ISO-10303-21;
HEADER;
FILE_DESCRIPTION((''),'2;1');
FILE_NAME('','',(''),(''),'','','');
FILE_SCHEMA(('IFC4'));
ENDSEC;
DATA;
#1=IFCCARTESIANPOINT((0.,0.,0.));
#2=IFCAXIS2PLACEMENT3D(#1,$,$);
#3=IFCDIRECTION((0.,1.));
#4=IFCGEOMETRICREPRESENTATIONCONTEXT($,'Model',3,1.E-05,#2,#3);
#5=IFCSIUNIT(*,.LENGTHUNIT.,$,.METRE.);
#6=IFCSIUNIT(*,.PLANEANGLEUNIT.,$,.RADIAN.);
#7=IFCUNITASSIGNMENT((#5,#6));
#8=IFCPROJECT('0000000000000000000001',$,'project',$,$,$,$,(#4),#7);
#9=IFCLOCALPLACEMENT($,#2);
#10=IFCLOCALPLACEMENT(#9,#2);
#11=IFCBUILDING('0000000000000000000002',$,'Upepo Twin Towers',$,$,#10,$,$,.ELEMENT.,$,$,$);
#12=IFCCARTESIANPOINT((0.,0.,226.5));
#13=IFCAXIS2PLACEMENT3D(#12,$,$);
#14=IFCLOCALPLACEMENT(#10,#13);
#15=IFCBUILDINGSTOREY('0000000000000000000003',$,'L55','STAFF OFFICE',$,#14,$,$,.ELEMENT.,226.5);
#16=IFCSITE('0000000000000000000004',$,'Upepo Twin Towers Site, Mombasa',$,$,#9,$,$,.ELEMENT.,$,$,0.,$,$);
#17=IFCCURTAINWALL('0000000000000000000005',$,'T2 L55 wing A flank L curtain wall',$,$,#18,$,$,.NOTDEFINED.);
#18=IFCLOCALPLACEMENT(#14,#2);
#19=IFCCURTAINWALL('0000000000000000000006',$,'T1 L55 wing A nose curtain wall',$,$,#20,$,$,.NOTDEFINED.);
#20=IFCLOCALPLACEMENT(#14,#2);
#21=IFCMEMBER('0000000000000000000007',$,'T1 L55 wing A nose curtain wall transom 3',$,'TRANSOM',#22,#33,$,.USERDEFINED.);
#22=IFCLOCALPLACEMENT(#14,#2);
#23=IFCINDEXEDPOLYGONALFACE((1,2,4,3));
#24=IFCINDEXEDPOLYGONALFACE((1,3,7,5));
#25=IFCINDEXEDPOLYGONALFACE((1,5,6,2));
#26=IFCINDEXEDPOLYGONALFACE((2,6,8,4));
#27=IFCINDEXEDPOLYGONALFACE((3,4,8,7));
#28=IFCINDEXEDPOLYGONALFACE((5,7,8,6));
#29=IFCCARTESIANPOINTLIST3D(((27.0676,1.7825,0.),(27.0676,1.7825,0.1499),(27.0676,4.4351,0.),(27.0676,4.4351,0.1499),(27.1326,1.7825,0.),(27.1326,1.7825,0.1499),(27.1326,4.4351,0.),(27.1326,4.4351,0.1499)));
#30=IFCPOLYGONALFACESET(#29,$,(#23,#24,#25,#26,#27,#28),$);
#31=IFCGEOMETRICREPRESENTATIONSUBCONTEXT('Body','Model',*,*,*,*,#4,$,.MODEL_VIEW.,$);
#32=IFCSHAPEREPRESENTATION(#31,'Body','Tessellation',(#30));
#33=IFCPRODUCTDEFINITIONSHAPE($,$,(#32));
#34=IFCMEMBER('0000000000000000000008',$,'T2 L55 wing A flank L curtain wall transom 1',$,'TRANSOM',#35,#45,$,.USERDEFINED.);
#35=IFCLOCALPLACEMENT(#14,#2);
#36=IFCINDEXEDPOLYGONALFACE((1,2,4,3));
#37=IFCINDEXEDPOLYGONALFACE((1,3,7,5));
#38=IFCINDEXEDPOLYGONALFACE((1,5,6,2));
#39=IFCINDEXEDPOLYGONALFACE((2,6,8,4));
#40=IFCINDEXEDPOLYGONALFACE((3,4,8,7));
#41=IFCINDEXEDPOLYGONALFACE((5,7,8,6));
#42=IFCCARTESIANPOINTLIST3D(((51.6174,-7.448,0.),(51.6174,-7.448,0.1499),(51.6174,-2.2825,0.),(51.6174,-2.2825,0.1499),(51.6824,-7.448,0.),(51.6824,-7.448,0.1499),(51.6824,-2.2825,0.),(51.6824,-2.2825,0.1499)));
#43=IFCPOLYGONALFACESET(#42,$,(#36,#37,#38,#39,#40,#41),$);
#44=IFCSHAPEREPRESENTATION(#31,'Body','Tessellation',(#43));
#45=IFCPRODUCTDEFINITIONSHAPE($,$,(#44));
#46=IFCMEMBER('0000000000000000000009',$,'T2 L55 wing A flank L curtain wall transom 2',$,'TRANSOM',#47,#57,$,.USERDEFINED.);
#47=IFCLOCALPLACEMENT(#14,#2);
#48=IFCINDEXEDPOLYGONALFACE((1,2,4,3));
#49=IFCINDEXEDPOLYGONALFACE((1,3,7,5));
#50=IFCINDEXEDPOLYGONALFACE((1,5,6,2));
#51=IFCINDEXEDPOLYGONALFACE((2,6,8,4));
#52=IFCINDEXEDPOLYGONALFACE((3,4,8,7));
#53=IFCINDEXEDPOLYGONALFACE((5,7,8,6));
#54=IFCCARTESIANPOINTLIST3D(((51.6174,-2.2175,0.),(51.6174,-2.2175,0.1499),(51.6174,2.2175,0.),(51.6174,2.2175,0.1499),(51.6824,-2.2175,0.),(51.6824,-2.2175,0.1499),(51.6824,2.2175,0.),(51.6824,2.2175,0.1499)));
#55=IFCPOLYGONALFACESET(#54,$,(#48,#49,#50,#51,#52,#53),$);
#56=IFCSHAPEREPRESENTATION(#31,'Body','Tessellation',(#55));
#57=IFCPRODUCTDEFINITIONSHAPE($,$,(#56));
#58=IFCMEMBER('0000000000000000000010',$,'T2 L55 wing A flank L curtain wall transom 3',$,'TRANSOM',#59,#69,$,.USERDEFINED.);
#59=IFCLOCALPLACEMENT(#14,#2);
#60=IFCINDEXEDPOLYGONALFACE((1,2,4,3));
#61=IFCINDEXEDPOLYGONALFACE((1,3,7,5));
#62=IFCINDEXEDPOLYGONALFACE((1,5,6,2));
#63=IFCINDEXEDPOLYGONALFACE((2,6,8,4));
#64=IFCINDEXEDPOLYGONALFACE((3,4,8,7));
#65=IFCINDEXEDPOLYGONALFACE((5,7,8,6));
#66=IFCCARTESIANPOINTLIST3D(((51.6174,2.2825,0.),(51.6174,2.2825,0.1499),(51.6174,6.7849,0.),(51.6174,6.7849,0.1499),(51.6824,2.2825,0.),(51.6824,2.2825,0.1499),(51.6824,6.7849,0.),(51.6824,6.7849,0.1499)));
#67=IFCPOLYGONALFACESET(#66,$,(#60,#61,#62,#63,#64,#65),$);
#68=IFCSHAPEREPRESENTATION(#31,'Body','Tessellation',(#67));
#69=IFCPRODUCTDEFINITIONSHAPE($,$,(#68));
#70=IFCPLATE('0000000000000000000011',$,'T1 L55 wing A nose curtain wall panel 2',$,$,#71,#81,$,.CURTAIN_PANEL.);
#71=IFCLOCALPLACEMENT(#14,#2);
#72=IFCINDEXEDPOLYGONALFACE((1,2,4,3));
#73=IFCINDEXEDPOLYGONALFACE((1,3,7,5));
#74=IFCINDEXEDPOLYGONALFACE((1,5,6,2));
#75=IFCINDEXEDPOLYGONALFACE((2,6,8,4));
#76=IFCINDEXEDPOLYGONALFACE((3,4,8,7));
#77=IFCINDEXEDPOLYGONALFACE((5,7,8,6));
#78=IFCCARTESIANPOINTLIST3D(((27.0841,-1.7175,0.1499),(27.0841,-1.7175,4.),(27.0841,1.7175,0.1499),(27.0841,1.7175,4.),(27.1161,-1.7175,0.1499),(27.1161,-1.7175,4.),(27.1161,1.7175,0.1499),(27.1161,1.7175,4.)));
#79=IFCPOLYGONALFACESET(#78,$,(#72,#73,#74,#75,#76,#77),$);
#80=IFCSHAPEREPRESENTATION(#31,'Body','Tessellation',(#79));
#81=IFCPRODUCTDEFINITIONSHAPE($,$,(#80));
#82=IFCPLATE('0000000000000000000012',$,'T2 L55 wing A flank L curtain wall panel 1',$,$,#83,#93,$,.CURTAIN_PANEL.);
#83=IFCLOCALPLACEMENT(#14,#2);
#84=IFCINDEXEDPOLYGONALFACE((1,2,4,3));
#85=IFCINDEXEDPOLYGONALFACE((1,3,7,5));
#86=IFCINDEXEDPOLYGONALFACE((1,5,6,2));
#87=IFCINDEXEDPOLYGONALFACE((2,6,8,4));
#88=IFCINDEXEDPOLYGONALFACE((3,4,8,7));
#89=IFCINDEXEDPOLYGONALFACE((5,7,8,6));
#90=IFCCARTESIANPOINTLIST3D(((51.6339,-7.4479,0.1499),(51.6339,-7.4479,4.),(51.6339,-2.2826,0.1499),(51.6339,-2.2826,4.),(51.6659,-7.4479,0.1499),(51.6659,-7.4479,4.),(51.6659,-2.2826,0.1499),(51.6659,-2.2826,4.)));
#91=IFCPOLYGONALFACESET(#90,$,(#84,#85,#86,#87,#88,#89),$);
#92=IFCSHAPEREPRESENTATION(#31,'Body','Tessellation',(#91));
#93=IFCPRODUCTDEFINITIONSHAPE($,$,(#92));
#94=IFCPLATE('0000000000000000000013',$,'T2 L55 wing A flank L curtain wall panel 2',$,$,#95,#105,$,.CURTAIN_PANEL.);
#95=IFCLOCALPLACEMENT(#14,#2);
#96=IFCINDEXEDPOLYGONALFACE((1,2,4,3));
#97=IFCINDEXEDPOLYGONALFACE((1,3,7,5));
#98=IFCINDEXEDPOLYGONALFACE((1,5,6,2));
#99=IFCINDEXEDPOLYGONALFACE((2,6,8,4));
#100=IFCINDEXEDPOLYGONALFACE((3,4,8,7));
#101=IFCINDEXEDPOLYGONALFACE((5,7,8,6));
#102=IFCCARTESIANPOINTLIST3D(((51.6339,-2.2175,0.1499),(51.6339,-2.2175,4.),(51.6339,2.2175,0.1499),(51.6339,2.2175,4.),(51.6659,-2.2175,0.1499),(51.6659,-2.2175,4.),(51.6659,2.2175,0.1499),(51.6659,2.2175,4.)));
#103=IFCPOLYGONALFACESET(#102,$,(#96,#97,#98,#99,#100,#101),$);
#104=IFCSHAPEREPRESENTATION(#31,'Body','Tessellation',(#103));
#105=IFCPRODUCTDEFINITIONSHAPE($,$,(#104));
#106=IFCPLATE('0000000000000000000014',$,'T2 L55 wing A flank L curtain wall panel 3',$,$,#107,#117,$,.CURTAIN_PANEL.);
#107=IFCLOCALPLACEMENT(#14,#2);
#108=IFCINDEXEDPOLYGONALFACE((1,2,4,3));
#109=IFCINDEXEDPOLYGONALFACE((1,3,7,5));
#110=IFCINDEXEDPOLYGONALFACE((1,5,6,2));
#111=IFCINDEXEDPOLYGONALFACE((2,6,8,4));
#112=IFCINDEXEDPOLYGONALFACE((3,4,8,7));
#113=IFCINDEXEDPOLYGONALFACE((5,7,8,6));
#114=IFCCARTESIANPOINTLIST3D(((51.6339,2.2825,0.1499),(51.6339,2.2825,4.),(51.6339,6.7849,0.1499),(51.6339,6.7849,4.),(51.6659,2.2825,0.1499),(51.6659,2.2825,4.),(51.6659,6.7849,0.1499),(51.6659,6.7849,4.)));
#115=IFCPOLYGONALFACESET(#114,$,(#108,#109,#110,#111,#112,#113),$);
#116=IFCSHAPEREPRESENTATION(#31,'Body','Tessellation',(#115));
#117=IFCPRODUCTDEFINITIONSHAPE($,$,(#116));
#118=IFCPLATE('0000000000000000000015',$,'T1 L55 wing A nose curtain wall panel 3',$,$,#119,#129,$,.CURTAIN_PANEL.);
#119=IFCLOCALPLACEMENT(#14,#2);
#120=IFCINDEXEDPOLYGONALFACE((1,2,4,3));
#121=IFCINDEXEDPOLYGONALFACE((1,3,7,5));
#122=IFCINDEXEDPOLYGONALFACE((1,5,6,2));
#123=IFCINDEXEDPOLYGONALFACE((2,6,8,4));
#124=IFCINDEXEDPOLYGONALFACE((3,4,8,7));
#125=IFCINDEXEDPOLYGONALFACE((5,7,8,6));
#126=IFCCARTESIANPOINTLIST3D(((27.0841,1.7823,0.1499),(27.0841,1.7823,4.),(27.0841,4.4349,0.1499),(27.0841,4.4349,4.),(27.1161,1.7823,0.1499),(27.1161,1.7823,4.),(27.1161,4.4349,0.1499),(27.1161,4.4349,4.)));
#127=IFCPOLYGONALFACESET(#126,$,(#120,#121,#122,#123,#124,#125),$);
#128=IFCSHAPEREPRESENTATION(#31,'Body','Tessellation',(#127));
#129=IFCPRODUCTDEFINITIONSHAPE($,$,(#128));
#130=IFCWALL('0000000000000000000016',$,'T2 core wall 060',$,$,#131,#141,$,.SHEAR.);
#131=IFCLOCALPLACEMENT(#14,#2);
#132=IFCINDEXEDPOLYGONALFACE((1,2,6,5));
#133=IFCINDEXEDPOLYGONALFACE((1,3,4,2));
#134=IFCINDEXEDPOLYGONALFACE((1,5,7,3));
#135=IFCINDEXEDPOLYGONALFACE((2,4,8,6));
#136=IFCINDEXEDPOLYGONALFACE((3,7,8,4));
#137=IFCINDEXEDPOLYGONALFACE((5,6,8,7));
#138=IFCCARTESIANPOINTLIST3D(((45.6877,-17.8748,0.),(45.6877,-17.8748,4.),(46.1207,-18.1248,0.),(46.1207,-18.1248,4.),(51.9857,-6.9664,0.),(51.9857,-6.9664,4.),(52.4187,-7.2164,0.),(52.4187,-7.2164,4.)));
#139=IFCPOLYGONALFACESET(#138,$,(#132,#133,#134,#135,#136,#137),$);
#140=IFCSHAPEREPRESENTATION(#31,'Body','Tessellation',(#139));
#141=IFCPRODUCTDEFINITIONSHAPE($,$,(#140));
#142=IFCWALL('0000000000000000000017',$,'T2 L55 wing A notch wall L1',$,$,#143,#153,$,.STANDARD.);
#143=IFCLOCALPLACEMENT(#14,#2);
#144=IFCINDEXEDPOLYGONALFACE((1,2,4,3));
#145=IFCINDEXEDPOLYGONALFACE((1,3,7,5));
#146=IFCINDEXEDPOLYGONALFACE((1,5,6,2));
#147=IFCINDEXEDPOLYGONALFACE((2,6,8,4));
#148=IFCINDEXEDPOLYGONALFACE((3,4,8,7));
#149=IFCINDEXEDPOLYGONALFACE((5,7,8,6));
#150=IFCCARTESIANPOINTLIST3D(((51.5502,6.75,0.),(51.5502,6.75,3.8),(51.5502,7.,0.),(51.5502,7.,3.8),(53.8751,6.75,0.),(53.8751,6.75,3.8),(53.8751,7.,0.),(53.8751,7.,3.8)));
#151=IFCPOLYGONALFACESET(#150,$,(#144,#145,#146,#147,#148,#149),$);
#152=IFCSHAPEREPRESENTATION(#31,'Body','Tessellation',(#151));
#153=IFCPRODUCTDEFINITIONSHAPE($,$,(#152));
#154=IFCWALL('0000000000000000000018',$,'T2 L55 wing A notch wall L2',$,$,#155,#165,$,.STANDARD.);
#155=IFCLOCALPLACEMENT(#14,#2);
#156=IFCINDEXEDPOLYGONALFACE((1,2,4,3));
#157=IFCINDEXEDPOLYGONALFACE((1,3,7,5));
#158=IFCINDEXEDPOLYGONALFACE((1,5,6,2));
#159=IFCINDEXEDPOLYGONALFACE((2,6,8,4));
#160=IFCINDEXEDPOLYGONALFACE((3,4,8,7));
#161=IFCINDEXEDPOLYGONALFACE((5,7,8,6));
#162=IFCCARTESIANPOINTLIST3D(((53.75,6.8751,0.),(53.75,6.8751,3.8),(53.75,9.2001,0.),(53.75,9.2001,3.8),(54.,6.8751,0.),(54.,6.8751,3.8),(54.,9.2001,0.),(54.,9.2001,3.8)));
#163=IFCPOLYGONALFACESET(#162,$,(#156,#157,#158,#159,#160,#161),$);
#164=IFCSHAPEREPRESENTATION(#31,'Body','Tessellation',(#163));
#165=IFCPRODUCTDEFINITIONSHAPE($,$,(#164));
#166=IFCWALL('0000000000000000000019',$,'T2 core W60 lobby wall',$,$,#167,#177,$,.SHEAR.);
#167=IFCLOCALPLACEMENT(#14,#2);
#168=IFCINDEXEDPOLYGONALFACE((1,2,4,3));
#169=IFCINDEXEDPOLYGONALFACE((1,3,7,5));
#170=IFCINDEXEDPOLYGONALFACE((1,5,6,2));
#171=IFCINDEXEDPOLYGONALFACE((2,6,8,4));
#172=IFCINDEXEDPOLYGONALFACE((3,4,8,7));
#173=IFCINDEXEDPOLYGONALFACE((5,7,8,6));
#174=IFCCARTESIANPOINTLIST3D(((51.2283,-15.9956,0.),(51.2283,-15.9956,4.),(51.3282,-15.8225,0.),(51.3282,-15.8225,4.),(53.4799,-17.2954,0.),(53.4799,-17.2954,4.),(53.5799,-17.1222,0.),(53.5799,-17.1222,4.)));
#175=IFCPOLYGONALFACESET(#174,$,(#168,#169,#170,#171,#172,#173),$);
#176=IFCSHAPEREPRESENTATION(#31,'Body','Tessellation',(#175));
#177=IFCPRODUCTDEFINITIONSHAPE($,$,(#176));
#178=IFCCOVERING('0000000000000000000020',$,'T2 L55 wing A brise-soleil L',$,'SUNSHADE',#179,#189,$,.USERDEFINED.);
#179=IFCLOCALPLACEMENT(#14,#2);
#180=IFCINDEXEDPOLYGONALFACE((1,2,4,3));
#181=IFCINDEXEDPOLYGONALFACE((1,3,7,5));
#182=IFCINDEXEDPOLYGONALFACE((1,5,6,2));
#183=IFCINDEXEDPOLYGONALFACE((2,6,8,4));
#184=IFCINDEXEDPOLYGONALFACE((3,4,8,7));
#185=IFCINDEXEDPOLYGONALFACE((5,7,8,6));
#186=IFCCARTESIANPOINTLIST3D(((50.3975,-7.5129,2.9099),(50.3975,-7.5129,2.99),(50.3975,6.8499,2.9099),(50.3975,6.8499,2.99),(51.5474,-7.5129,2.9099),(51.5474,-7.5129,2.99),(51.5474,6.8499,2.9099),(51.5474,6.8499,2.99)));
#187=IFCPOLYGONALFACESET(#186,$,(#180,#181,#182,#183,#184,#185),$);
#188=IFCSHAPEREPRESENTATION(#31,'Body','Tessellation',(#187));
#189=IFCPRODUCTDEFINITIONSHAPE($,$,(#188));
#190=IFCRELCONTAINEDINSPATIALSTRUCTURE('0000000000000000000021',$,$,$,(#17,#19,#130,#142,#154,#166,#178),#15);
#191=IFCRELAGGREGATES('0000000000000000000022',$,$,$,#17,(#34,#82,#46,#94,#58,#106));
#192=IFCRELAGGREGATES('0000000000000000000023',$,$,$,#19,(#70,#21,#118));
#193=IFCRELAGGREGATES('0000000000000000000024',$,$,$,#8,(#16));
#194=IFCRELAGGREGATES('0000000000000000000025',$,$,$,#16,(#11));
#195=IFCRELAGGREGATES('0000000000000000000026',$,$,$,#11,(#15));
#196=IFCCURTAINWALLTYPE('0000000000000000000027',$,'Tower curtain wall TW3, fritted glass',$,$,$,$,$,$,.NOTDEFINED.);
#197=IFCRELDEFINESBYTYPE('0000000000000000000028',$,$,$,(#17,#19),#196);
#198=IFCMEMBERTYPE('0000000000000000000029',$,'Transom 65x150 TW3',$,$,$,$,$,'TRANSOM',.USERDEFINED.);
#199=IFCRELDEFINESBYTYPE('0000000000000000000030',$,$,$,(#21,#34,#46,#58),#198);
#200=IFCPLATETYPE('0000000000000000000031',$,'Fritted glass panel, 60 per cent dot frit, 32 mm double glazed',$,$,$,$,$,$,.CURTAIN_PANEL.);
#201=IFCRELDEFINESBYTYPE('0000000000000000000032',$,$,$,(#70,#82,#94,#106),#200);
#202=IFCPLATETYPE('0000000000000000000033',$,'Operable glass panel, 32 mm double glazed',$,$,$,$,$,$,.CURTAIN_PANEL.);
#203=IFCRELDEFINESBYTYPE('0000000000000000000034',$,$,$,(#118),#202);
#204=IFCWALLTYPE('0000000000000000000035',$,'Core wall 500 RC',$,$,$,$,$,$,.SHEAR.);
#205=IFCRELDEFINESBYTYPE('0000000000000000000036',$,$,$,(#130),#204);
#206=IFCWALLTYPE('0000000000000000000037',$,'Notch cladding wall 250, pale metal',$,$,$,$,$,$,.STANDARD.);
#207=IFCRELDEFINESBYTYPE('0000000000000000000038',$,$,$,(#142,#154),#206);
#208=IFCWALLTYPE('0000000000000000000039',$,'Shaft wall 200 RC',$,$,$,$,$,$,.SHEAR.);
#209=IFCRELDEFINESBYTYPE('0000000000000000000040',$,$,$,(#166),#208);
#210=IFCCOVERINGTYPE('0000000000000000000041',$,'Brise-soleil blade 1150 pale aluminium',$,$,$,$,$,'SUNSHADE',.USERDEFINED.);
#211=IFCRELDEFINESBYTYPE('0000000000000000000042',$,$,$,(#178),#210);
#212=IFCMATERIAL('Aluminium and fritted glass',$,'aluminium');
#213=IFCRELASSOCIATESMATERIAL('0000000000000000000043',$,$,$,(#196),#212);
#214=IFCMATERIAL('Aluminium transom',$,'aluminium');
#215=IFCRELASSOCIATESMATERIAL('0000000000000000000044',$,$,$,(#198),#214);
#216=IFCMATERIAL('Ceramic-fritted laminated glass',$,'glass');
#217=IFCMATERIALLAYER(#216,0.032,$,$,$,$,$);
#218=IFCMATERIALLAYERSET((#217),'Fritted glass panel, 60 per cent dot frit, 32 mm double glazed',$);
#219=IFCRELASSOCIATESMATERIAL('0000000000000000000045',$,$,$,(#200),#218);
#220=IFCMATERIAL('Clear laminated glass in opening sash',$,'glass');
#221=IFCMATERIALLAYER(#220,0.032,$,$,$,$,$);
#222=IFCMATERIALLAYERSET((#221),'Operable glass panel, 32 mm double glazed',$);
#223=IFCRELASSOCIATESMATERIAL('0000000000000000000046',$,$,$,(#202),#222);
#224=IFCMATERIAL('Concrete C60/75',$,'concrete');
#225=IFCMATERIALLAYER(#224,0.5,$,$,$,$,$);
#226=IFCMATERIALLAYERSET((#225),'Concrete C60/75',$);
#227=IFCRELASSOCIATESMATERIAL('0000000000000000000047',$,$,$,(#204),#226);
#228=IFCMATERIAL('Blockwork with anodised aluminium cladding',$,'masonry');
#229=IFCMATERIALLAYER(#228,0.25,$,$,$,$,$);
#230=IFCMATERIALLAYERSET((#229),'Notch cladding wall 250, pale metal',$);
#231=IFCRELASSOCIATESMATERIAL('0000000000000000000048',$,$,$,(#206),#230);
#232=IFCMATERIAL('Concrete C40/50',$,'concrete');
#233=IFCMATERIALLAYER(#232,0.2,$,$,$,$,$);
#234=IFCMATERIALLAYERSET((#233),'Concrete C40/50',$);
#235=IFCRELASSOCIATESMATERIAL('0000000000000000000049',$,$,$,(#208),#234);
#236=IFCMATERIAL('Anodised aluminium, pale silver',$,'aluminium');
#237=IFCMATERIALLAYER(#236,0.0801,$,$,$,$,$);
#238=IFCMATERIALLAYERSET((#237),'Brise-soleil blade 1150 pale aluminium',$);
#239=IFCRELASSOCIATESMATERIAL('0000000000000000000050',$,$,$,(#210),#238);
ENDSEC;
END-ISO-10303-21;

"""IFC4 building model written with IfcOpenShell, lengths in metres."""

from ifc_helpers import new_model, si_unit, direction, frame, frame_2d, origin, origin_2d, place, context, subcontext, project, spatial, rectangle, extrude, material, layer, layer_set, material_profile, profile_set, type_object, element, aggregate, save


model = new_model("IFC4")

# Units and contexts
model_context = context("Model", 3, precision=1e-05, world=origin(), true_north=direction((0.0, 1.0)))
body_context = subcontext(model_context, "Body", "Model", "MODEL_VIEW")
ifc_project = project(units=[si_unit("LENGTHUNIT", "METRE"), si_unit("PLANEANGLEUNIT", "RADIAN")], contexts=[model_context])

# Site, building, storey
site_placement = place(None, origin())
site = spatial("IfcSite", under=ifc_project, at=site_placement, Name="Upepo Twin Towers Site, Mombasa", CompositionType="ELEMENT", RefElevation=0.0)
building_placement = place(site_placement, origin())
building = spatial("IfcBuilding", under=site, at=building_placement, Name="Upepo Twin Towers", CompositionType="ELEMENT")
storey_placement = place(building_placement, frame((0.0, 0.0, 226.5)))
storey = spatial("IfcBuildingStorey", under=building, at=storey_placement, Name="L55", Description="STAFF OFFICE", CompositionType="ELEMENT", Elevation=226.5)

# Curtain wall
ifc_material_1 = material(Name="Aluminium and fritted glass", Category="aluminium")
curtain_wall_type = type_object("IfcCurtainWallType", Name="Tower curtain wall TW3, fritted glass", PredefinedType="NOTDEFINED", material=ifc_material_1)
curtain_wall_1_placement = place(storey_placement, origin())
curtain_wall_1 = element("IfcCurtainWall", 1, at=curtain_wall_1_placement, inside=storey, type_object=curtain_wall_type, Name="T2 L55 wing A flank L curtain wall", PredefinedType="NOTDEFINED")

# Curtain wall, member
curtain_wall_2_placement = place(storey_placement, origin())
curtain_wall_2 = element("IfcCurtainWall", 2, at=curtain_wall_2_placement, inside=storey, type_object=curtain_wall_type, Name="T1 L55 wing A nose curtain wall", PredefinedType="NOTDEFINED")
ifc_material_2 = material(Name="Aluminium transom", Category="aluminium")
ifc_material_profile_1 = material_profile(ifc_material_2, rectangle(XDim=0.0649, YDim=0.1499, at=origin_2d()), Name="TRANSOM 65x150")
ifc_profile_set_1 = profile_set([ifc_material_profile_1], Name="Aluminium transom")
member_type_1 = type_object("IfcMemberType", Name="Transom 65x150 TW3", ElementType="TRANSOM", PredefinedType="USERDEFINED", material=ifc_profile_set_1)
member_1_placement = place(storey_placement, frame((27.1001, 1.7825, 0.075), z_axis=(0.0, 1.0, 0.0), x_axis=(-1.0, 0.0, 0.0)))
member_1 = element("IfcMember", 3, at=member_1_placement, type_object=member_type_1, Name="T1 L55 wing A nose curtain wall transom 3", ObjectType="TRANSOM", PredefinedType="USERDEFINED", context=body_context, shape_type="SweptSolid", body=[
    extrude(rectangle(XDim=0.0649, YDim=0.1499, at=origin_2d()), origin(), (0.0, 0.0, 1.0), 2.6526),
])

# Members
member_2_placement = place(storey_placement, frame((51.6499, -7.448, 0.075), z_axis=(0.0, 1.0, 0.0), x_axis=(-1.0, 0.0, 0.0)))
member_2 = element("IfcMember", 4, at=member_2_placement, type_object=member_type_1, Name="T2 L55 wing A flank L curtain wall transom 1", ObjectType="TRANSOM", PredefinedType="USERDEFINED", context=body_context, shape_type="SweptSolid", body=[
    extrude(rectangle(XDim=0.0649, YDim=0.1499, at=origin_2d()), origin(), (0.0, 0.0, 1.0), 5.1655),
])
member_3_placement = place(storey_placement, frame((51.6499, -2.2175, 0.075), z_axis=(0.0, 1.0, 0.0), x_axis=(-1.0, 0.0, 0.0)))
member_3 = element("IfcMember", 5, at=member_3_placement, type_object=member_type_1, Name="T2 L55 wing A flank L curtain wall transom 2", ObjectType="TRANSOM", PredefinedType="USERDEFINED", context=body_context, shape_type="SweptSolid", body=[
    extrude(rectangle(XDim=0.0649, YDim=0.1499, at=origin_2d()), origin(), (0.0, 0.0, 1.0), 4.4351),
])
member_4_placement = place(storey_placement, frame((51.6499, 2.2825, 0.075), z_axis=(0.0, 1.0, 0.0), x_axis=(-1.0, 0.0, 0.0)))
member_4 = element("IfcMember", 6, at=member_4_placement, type_object=member_type_1, Name="T2 L55 wing A flank L curtain wall transom 3", ObjectType="TRANSOM", PredefinedType="USERDEFINED", context=body_context, shape_type="SweptSolid", body=[
    extrude(rectangle(XDim=0.0649, YDim=0.1499, at=origin_2d()), origin(), (0.0, 0.0, 1.0), 4.5024),
])

# Plates
ifc_material_3 = material(Name="Ceramic-fritted laminated glass", Category="glass")
ifc_layer_1 = layer(ifc_material_3, 0.032)
ifc_layer_set_1 = layer_set([ifc_layer_1], Name="Fritted glass panel, 60 per cent dot frit, 32 mm double glazed")
plate_type_1 = type_object("IfcPlateType", Name="Fritted glass panel, 60 per cent dot frit, 32 mm double glazed", PredefinedType="CURTAIN_PANEL", material=ifc_layer_set_1)
plate_1_placement = place(storey_placement, frame((27.1001, 0.0, 0.1499), z_axis=(0.0, 0.0, 1.0), x_axis=(0.0, 1.0, 0.0)))
plate_1 = element("IfcPlate", 7, at=plate_1_placement, type_object=plate_type_1, Name="T1 L55 wing A nose curtain wall panel 2", PredefinedType="CURTAIN_PANEL", context=body_context, shape_type="SweptSolid", body=[
    extrude(rectangle(XDim=3.4351, YDim=0.032, at=origin_2d()), origin(), (0.0, 0.0, 1.0), 3.8501),
])
plate_2_placement = place(storey_placement, frame((51.6499, -4.8652, 0.1499), z_axis=(0.0, 0.0, 1.0), x_axis=(0.0, 1.0, 0.0)))
plate_2 = element("IfcPlate", 8, at=plate_2_placement, type_object=plate_type_1, Name="T2 L55 wing A flank L curtain wall panel 1", PredefinedType="CURTAIN_PANEL", context=body_context, shape_type="SweptSolid", body=[
    extrude(rectangle(XDim=5.1653, YDim=0.032, at=origin_2d()), origin(), (0.0, 0.0, 1.0), 3.8501),
])
plate_3_placement = place(storey_placement, frame((51.6499, 0.0, 0.1499), z_axis=(0.0, 0.0, 1.0), x_axis=(0.0, 1.0, 0.0)))
plate_3 = element("IfcPlate", 9, at=plate_3_placement, type_object=plate_type_1, Name="T2 L55 wing A flank L curtain wall panel 2", PredefinedType="CURTAIN_PANEL", context=body_context, shape_type="SweptSolid", body=[
    extrude(rectangle(XDim=4.4351, YDim=0.032, at=origin_2d()), origin(), (0.0, 0.0, 1.0), 3.8501),
])
plate_4_placement = place(storey_placement, frame((51.6499, 4.5337, 0.1499), z_axis=(0.0, 0.0, 1.0), x_axis=(0.0, 1.0, 0.0)))
plate_4 = element("IfcPlate", 10, at=plate_4_placement, type_object=plate_type_1, Name="T2 L55 wing A flank L curtain wall panel 3", PredefinedType="CURTAIN_PANEL", context=body_context, shape_type="SweptSolid", body=[
    extrude(rectangle(XDim=4.5024, YDim=0.032, at=origin_2d()), origin(), (0.0, 0.0, 1.0), 3.8501),
])
aggregate(curtain_wall_1, [member_2, plate_2, member_3, plate_3, member_4, plate_4])
ifc_material_4 = material(Name="Clear laminated glass in opening sash", Category="glass")
ifc_layer_2 = layer(ifc_material_4, 0.032)
ifc_layer_set_2 = layer_set([ifc_layer_2], Name="Operable glass panel, 32 mm double glazed")
plate_type_2 = type_object("IfcPlateType", Name="Operable glass panel, 32 mm double glazed", PredefinedType="CURTAIN_PANEL", material=ifc_layer_set_2)
plate_5_placement = place(storey_placement, frame((27.1001, 3.1086, 0.1499), z_axis=(0.0, 0.0, 1.0), x_axis=(0.0, 1.0, 0.0)))
plate_5 = element("IfcPlate", 11, at=plate_5_placement, type_object=plate_type_2, Name="T1 L55 wing A nose curtain wall panel 3", PredefinedType="CURTAIN_PANEL", context=body_context, shape_type="SweptSolid", body=[
    extrude(rectangle(XDim=2.6526, YDim=0.032, at=origin_2d()), origin(), (0.0, 0.0, 1.0), 3.8501),
])
aggregate(curtain_wall_2, [plate_1, member_1, plate_5])

# Walls
ifc_material_5 = material(Name="Concrete C60/75", Category="concrete")
ifc_layer_3 = layer(ifc_material_5, 0.5)
ifc_layer_set_3 = layer_set([ifc_layer_3], Name="Concrete C60/75")
wall_type_1 = type_object("IfcWallType", Name="Core wall 500 RC", PredefinedType="SHEAR", material=ifc_layer_set_3)
wall_1_placement = place(storey_placement, frame((52.2021, -7.0916, 0.0), z_axis=(0.0, 0.0, 1.0), x_axis=(-0.500006, -0.866022, 0.0)))
element("IfcWall", 12, at=wall_1_placement, inside=storey, type_object=wall_type_1, Name="T2 core wall 060", PredefinedType="SHEAR", context=body_context, shape_type="SweptSolid", body=[
    extrude(rectangle(XDim=12.5959, YDim=0.5, at=frame_2d((6.2979, 0.0))), origin(), (0.0, 0.0, 1.0), 4.0),
])
ifc_material_6 = material(Name="Blockwork with anodised aluminium cladding", Category="masonry")
ifc_layer_4 = layer(ifc_material_6, 0.25)
ifc_layer_set_4 = layer_set([ifc_layer_4], Name="Notch cladding wall 250, pale metal")
wall_type_2 = type_object("IfcWallType", Name="Notch cladding wall 250, pale metal", PredefinedType="STANDARD", material=ifc_layer_set_4)
for number, where, z_axis, x_axis, name in (
    (13, (51.55, 6.875, 0.0), (0.0, 0.0, 1.0), (1.0, 0.0, 0.0), "T2 L55 wing A notch wall L1"),
    (14, (53.875, 6.875, 0.0), (0.0, 0.0, 1.0), (0.0, 1.0, 0.0), "T2 L55 wing A notch wall L2"),
):
    element("IfcWall", number, at=place(storey_placement, frame(where, z_axis=z_axis, x_axis=x_axis)), inside=storey, type_object=wall_type_2, Name=name, PredefinedType="STANDARD", context=body_context, shape_type="SweptSolid", body=[
        extrude(rectangle(XDim=2.325, YDim=0.25, at=frame_2d((1.1626, 0.0))), origin(), (0.0, 0.0, 1.0), 3.8),
    ])
ifc_material_7 = material(Name="Concrete C40/50", Category="concrete")
ifc_layer_5 = layer(ifc_material_7, 0.2)
ifc_layer_set_5 = layer_set([ifc_layer_5], Name="Concrete C40/50")
wall_type_3 = type_object("IfcWallType", Name="Shaft wall 200 RC", PredefinedType="SHEAR", material=ifc_layer_set_5)
wall_2_placement = place(storey_placement, frame((53.5298, -17.2087, 0.0), z_axis=(0.0, 0.0, 1.0), x_axis=(-0.866062, 0.499937, 0.0)))
element("IfcWall", 15, at=wall_2_placement, inside=storey, type_object=wall_type_3, Name="T2 core W60 lobby wall", PredefinedType="SHEAR", context=body_context, shape_type="SweptSolid", body=[
    extrude(rectangle(XDim=2.5999, YDim=0.2, at=frame_2d((1.2998, 0.0))), origin(), (0.0, 0.0, 1.0), 4.0),
])

# Covering
ifc_material_8 = material(Name="Anodised aluminium, pale silver", Category="aluminium")
ifc_layer_6 = layer(ifc_material_8, 0.0801)
ifc_layer_set_6 = layer_set([ifc_layer_6], Name="Brise-soleil blade 1150 pale aluminium")
covering_type = type_object("IfcCoveringType", Name="Brise-soleil blade 1150 pale aluminium", ElementType="SUNSHADE", PredefinedType="USERDEFINED", material=ifc_layer_set_6)
covering_placement = place(storey_placement, frame((50.9724, -0.3315, 2.9099), z_axis=(0.0, 0.0, 1.0), x_axis=(0.0, 1.0, 0.0)))
element("IfcCovering", 16, at=covering_placement, inside=storey, type_object=covering_type, Name="T2 L55 wing A brise-soleil L", ObjectType="SUNSHADE", PredefinedType="USERDEFINED", context=body_context, shape_type="SweptSolid", body=[
    extrude(rectangle(XDim=14.3628, YDim=1.1499, at=origin_2d()), origin(), (0.0, 0.0, 1.0), 0.0801),
])

save(model, "model.ifc")
